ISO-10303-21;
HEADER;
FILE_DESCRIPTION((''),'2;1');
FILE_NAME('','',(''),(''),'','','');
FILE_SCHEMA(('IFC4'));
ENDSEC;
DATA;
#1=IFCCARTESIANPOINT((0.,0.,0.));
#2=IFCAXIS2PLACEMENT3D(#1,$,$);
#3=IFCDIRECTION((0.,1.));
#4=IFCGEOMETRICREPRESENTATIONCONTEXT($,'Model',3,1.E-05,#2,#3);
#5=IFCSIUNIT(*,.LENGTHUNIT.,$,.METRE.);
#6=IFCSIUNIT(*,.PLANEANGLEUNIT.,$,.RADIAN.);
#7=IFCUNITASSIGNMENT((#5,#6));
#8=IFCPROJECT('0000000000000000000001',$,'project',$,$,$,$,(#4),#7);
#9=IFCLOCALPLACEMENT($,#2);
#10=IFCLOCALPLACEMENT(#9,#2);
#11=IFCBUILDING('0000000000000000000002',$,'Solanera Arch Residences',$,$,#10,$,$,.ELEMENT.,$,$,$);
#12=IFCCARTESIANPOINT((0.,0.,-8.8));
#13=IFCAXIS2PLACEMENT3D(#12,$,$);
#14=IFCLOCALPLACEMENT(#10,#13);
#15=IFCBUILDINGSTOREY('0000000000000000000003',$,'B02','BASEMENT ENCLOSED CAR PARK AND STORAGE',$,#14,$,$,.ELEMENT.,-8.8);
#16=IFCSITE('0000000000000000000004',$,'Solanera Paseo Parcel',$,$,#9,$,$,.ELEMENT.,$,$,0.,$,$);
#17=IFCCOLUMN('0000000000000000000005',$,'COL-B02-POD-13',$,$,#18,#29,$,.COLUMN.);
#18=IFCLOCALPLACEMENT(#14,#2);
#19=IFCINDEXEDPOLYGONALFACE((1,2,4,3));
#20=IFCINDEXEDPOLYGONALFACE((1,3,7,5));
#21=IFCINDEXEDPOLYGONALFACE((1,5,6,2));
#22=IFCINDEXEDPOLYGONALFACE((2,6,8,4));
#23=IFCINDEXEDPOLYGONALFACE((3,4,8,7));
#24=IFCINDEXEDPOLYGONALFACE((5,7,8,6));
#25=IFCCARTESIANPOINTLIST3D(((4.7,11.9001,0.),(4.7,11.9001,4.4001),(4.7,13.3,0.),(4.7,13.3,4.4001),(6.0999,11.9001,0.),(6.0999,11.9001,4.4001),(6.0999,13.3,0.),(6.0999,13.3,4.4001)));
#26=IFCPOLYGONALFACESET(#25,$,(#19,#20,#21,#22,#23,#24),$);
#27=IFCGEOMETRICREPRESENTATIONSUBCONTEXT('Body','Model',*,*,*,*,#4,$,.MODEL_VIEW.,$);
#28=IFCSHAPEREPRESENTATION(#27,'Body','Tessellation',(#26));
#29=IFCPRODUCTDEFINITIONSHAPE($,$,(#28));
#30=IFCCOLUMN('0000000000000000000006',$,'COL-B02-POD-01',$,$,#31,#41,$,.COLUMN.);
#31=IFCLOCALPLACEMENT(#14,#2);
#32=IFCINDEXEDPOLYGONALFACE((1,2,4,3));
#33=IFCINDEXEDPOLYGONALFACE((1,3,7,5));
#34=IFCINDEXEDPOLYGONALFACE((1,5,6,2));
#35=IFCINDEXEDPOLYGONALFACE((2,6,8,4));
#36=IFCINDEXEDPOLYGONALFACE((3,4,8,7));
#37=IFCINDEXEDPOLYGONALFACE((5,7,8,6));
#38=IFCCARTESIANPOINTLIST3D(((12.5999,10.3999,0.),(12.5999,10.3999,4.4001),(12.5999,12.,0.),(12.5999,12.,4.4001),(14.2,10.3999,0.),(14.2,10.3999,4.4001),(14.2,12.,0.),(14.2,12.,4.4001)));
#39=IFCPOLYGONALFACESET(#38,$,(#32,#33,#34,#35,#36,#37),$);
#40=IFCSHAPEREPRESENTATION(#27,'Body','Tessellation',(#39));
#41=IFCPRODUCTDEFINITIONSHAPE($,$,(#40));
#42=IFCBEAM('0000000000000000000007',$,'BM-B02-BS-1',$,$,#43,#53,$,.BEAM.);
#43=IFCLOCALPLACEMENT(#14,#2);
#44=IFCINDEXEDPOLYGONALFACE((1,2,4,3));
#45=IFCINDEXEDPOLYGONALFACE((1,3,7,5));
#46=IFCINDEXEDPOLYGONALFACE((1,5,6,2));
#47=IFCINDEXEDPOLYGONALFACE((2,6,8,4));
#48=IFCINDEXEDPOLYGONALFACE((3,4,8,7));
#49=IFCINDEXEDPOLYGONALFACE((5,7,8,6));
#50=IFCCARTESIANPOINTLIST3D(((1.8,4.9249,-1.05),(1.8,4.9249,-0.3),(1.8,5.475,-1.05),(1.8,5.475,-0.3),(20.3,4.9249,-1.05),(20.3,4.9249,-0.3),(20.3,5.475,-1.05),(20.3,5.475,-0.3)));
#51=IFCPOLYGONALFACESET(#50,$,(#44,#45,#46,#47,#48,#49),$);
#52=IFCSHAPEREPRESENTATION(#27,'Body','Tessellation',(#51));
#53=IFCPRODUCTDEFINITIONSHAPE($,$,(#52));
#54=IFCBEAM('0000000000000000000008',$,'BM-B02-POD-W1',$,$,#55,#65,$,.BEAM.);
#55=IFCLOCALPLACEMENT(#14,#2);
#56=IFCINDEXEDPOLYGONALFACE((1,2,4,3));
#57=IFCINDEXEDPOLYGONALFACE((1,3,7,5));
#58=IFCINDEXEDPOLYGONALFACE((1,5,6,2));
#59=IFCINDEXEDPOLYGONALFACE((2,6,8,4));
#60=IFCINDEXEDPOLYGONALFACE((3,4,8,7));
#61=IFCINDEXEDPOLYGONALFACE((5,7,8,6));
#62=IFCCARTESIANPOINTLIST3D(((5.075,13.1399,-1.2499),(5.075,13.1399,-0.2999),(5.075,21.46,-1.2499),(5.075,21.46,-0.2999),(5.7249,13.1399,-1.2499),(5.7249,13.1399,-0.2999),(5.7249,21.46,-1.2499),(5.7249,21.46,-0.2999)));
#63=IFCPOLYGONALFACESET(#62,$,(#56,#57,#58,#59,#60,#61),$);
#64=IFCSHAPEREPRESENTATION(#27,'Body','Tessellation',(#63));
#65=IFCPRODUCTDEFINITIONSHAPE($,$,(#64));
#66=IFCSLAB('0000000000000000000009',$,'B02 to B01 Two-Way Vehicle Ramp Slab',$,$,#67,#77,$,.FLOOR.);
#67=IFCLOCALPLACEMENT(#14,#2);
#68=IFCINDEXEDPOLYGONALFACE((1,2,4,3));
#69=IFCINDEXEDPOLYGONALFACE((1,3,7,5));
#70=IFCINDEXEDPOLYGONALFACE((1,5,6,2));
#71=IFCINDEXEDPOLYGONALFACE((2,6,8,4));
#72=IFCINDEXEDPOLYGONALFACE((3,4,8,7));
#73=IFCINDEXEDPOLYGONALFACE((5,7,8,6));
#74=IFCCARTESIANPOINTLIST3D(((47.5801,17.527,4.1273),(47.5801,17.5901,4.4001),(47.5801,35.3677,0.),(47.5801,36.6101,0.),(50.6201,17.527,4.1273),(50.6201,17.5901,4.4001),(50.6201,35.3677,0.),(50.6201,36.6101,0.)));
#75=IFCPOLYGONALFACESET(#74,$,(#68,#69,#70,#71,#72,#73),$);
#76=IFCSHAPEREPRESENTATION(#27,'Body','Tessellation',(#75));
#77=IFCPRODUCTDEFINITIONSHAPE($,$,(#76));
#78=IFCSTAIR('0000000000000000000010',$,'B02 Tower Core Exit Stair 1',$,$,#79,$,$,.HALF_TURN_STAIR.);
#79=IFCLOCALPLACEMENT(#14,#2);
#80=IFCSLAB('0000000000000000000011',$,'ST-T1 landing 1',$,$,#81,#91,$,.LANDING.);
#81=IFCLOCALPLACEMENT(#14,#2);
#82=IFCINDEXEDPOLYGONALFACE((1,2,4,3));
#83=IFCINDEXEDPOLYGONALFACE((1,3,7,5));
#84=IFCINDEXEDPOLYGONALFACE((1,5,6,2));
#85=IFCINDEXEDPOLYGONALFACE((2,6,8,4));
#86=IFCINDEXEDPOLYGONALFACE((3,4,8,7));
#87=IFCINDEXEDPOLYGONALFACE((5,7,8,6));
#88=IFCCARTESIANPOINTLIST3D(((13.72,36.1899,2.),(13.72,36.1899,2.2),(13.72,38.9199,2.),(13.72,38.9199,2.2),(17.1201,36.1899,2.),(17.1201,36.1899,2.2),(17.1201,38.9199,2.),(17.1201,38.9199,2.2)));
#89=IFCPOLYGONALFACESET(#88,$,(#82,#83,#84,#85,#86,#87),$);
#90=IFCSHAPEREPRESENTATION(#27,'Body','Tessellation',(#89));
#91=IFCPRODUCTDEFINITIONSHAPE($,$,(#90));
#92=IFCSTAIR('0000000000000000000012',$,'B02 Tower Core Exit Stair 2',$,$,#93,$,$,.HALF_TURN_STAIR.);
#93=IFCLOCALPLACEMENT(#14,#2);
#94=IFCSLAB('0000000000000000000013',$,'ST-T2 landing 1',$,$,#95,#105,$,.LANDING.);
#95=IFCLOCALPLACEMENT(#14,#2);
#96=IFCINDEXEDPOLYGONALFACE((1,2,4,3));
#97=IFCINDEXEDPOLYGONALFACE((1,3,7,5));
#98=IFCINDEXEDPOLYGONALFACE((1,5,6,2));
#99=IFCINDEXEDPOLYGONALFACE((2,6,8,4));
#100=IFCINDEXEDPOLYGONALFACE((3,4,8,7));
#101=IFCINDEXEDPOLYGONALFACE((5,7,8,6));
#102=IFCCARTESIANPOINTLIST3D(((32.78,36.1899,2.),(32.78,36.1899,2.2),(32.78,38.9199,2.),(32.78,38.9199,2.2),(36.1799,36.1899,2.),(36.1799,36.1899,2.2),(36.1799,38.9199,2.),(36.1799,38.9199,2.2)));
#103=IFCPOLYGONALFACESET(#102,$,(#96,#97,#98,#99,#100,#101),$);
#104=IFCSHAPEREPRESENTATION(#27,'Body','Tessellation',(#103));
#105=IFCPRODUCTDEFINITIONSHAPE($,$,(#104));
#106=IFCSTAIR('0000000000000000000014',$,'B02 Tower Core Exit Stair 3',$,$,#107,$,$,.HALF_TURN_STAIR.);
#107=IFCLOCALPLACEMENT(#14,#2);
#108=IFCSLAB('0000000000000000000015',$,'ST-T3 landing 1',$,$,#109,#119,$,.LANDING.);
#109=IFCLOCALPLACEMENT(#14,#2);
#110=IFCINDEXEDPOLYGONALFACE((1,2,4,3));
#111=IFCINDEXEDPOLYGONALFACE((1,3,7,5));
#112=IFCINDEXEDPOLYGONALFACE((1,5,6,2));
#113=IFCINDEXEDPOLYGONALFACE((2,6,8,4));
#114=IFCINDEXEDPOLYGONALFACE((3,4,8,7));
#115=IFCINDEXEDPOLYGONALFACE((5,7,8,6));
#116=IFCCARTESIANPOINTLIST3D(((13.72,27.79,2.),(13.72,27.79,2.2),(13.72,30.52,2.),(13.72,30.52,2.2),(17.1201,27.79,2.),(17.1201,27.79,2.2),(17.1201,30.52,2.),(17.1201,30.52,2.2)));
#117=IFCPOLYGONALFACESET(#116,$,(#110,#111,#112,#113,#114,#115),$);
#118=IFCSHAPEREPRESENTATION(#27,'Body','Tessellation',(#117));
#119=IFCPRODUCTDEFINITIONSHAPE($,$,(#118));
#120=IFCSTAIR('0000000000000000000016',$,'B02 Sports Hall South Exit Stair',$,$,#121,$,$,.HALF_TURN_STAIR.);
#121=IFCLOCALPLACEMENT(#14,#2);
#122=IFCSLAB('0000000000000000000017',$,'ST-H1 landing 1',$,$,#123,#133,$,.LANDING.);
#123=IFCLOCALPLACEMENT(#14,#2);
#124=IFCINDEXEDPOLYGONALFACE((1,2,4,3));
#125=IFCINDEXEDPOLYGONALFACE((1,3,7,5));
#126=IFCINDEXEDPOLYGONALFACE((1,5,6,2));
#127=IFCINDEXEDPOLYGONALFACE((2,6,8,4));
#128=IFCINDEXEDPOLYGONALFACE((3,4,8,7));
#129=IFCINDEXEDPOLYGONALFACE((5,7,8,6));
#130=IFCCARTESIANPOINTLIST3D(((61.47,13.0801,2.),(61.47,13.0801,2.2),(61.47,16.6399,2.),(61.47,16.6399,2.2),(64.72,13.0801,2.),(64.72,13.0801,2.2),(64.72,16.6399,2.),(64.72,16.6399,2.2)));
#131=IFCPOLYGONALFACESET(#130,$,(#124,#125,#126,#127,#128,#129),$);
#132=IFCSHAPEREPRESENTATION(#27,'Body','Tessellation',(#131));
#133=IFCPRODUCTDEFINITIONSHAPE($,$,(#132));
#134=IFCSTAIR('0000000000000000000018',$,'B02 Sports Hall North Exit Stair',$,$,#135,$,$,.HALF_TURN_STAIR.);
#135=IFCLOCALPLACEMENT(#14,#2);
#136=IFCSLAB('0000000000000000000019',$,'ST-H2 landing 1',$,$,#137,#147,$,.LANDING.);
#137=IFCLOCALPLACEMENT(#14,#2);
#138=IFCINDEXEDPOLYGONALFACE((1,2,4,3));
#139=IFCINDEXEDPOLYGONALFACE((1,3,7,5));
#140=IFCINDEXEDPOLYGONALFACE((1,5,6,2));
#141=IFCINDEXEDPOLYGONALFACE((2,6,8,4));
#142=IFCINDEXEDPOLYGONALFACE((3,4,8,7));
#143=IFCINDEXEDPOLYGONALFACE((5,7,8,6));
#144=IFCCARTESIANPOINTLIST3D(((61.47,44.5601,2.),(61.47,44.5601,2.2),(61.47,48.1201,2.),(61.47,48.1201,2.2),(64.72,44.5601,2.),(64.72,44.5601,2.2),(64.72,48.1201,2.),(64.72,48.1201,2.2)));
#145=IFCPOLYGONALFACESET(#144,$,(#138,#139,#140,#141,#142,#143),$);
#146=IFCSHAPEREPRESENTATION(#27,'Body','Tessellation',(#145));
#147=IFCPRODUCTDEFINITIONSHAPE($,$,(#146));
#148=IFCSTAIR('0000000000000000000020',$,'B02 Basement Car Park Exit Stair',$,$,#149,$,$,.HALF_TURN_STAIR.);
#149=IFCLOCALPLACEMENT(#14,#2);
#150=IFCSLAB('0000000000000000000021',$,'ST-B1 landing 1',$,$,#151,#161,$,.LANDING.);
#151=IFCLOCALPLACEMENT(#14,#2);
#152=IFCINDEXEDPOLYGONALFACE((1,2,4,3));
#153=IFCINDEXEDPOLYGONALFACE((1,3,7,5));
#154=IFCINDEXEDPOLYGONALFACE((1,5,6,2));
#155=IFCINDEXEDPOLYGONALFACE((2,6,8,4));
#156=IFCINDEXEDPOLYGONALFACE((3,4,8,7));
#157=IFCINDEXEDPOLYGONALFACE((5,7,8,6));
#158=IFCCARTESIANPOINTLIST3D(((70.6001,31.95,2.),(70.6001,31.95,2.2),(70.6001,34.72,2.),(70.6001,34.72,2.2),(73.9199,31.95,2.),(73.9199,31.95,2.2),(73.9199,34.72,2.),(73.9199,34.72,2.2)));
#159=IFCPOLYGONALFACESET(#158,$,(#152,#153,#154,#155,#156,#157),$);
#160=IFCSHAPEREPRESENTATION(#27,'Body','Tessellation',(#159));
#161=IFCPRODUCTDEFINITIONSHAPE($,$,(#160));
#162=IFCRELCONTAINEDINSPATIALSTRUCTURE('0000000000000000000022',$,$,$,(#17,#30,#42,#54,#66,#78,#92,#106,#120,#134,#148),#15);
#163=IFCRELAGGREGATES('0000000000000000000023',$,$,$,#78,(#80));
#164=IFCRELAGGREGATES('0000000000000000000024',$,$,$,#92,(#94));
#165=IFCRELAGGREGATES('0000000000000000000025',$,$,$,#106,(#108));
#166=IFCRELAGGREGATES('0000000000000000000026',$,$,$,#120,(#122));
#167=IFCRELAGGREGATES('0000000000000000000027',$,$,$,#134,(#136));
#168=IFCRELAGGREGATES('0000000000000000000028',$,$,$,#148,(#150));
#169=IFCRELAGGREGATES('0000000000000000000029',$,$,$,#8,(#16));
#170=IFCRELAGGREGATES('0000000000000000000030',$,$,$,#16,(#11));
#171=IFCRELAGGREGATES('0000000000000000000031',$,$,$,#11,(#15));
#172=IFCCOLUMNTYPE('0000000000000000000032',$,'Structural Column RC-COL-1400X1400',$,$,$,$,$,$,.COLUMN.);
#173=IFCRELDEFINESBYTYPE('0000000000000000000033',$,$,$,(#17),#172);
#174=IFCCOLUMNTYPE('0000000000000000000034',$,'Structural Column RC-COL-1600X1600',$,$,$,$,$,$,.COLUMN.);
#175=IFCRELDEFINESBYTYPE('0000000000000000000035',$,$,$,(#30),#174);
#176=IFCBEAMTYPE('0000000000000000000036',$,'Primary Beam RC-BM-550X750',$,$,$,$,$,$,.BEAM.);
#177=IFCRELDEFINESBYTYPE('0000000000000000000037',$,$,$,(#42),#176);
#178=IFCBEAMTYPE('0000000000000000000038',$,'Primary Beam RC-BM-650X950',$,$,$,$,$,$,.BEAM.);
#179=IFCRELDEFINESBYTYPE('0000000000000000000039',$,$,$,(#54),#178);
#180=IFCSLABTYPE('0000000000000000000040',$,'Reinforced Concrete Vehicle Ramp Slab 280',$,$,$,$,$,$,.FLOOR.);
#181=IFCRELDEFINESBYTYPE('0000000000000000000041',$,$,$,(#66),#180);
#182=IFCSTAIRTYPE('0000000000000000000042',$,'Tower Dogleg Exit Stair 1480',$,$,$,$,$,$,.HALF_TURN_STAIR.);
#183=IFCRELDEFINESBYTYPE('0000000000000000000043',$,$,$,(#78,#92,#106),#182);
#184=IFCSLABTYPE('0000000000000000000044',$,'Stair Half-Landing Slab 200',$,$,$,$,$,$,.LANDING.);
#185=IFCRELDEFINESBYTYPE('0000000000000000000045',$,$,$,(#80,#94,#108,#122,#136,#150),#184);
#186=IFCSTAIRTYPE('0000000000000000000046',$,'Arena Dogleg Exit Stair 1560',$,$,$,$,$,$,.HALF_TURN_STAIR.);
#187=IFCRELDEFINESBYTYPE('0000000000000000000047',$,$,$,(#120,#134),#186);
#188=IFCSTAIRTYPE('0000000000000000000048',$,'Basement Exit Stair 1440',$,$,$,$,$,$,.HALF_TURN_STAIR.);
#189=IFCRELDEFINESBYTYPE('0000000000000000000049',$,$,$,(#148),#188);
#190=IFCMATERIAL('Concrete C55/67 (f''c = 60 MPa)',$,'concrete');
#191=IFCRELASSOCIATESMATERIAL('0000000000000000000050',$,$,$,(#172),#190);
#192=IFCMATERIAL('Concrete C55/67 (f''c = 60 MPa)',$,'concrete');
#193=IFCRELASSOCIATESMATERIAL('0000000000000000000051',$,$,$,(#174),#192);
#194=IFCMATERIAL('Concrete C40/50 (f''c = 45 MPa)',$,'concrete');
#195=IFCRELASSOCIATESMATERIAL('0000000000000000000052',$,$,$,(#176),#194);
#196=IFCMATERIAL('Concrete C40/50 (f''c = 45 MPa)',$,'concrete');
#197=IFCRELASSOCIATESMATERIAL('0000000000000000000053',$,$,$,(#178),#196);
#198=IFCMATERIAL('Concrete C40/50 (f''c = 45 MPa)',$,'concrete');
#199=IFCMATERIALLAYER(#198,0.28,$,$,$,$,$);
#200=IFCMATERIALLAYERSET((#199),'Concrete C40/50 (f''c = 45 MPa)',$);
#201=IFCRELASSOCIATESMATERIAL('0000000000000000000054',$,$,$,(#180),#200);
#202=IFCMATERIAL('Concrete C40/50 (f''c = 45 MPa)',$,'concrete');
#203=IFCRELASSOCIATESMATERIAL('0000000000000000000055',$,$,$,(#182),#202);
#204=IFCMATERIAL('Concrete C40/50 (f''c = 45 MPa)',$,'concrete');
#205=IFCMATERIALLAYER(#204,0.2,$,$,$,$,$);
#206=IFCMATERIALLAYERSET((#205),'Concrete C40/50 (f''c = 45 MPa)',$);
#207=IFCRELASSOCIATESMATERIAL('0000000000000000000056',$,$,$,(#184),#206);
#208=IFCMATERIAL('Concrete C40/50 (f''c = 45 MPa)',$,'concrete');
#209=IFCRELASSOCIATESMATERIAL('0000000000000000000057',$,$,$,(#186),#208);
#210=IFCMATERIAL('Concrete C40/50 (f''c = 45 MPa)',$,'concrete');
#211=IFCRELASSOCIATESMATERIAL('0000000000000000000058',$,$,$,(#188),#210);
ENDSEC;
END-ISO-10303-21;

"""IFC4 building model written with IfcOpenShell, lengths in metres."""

from ifc_helpers import new_model, si_unit, direction, frame, origin, origin_with_axes, origin_2d, place, context, subcontext, project, spatial, polyline, rectangle, outline, extrude, clip, halfspace, material, layer, layer_set, material_profile, profile_set, type_object, element, aggregate, save


model = new_model("IFC4")

# Units and contexts
model_context = context("Model", 3, precision=1e-05, world=origin(), true_north=direction((0.0, 1.0)))
body_context = subcontext(model_context, "Body", "Model", "MODEL_VIEW")
ifc_project = project(units=[si_unit("LENGTHUNIT", "METRE"), si_unit("PLANEANGLEUNIT", "RADIAN")], contexts=[model_context])

# Site, building, storey
site_placement = place(None, origin())
site = spatial("IfcSite", under=ifc_project, at=site_placement, Name="Solanera Paseo Parcel", CompositionType="ELEMENT", RefElevation=0.0)
building_placement = place(site_placement, origin())
building = spatial("IfcBuilding", under=site, at=building_placement, Name="Solanera Arch Residences", CompositionType="ELEMENT")
storey_placement = place(building_placement, frame((0.0, 0.0, -8.8)))
storey = spatial("IfcBuildingStorey", under=building, at=storey_placement, Name="B02", Description="BASEMENT ENCLOSED CAR PARK AND STORAGE", CompositionType="ELEMENT", Elevation=-8.8)

# Columns
ifc_material_1 = material(Name="Concrete C55/67 (f'c = 60 MPa)", Category="concrete")
ifc_material_profile_1 = material_profile(ifc_material_1, rectangle(XDim=1.3999, YDim=1.3999, at=origin_2d()))
ifc_profile_set_1 = profile_set([ifc_material_profile_1], Name="Concrete C55/67 (f'c = 60 MPa)")
column_type_1 = type_object("IfcColumnType", Name="Structural Column RC-COL-1400X1400", PredefinedType="COLUMN", material=ifc_profile_set_1)
column_1_placement = place(storey_placement, frame((5.3999, 12.6001, 0.0), z_axis=(0.0, 0.0, 1.0), x_axis=(1.0, 0.0, 0.0)))
element("IfcColumn", 1, at=column_1_placement, inside=storey, type_object=column_type_1, Name="COL-B02-POD-13", PredefinedType="COLUMN", context=body_context, shape_type="SweptSolid", body=[
    extrude(rectangle(XDim=1.3999, YDim=1.3999, at=origin_2d()), origin(), (0.0, 0.0, 1.0), 4.4001),
])
ifc_material_2 = material(Name="Concrete C55/67 (f'c = 60 MPa)", Category="concrete")
ifc_material_profile_2 = material_profile(ifc_material_2, rectangle(XDim=1.6001, YDim=1.6001, at=origin_2d()))
ifc_profile_set_2 = profile_set([ifc_material_profile_2], Name="Concrete C55/67 (f'c = 60 MPa)")
column_type_2 = type_object("IfcColumnType", Name="Structural Column RC-COL-1600X1600", PredefinedType="COLUMN", material=ifc_profile_set_2)
column_2_placement = place(storey_placement, frame((13.3999, 11.2, 0.0), z_axis=(0.0, 0.0, 1.0), x_axis=(1.0, 0.0, 0.0)))
element("IfcColumn", 2, at=column_2_placement, inside=storey, type_object=column_type_2, Name="COL-B02-POD-01", PredefinedType="COLUMN", context=body_context, shape_type="SweptSolid", body=[
    extrude(rectangle(XDim=1.6001, YDim=1.6001, at=origin_2d()), origin(), (0.0, 0.0, 1.0), 4.4001),
])

# Beams
ifc_material_3 = material(Name="Concrete C40/50 (f'c = 45 MPa)", Category="concrete")
ifc_material_profile_3 = material_profile(ifc_material_3, rectangle(XDim=0.55, YDim=0.75, at=origin_2d()))
ifc_profile_set_3 = profile_set([ifc_material_profile_3], Name="Concrete C40/50 (f'c = 45 MPa)")
beam_type_1 = type_object("IfcBeamType", Name="Primary Beam RC-BM-550X750", PredefinedType="BEAM", material=ifc_profile_set_3)
beam_1_placement = place(storey_placement, frame((1.8, 5.2, -0.675), z_axis=(1.0, 0.0, 0.0), x_axis=(0.0, 1.0, 0.0)))
element("IfcBeam", 3, at=beam_1_placement, inside=storey, type_object=beam_type_1, Name="BM-B02-BS-1", PredefinedType="BEAM", context=body_context, shape_type="SweptSolid", body=[
    extrude(rectangle(XDim=0.55, YDim=0.75, at=origin_2d()), origin(), (0.0, 0.0, 1.0), 18.5),
])
ifc_material_4 = material(Name="Concrete C40/50 (f'c = 45 MPa)", Category="concrete")
ifc_material_profile_4 = material_profile(ifc_material_4, rectangle(XDim=0.6499, YDim=0.95, at=origin_2d()))
ifc_profile_set_4 = profile_set([ifc_material_profile_4], Name="Concrete C40/50 (f'c = 45 MPa)")
beam_type_2 = type_object("IfcBeamType", Name="Primary Beam RC-BM-650X950", PredefinedType="BEAM", material=ifc_profile_set_4)
beam_2_placement = place(storey_placement, frame((5.3999, 13.1399, -0.7749), z_axis=(0.0, 1.0, 0.0), x_axis=(-1.0, 0.0, 0.0)))
element("IfcBeam", 4, at=beam_2_placement, inside=storey, type_object=beam_type_2, Name="BM-B02-POD-W1", PredefinedType="BEAM", context=body_context, shape_type="SweptSolid", body=[
    extrude(rectangle(XDim=0.6499, YDim=0.95, at=origin_2d()), origin(), (0.0, 0.0, 1.0), 8.3201),
])

# Slab
ifc_material_5 = material(Name="Concrete C40/50 (f'c = 45 MPa)", Category="concrete")
ifc_layer_1 = layer(ifc_material_5, 0.28)
ifc_layer_set_1 = layer_set([ifc_layer_1], Name="Concrete C40/50 (f'c = 45 MPa)")
slab_type_1 = type_object("IfcSlabType", Name="Reinforced Concrete Vehicle Ramp Slab 280", PredefinedType="FLOOR", material=ifc_layer_set_1)
slab_1_placement = place(storey_placement, origin())
element("IfcSlab", 5, at=slab_1_placement, inside=storey, type_object=slab_type_1, Name="B02 to B01 Two-Way Vehicle Ramp Slab", PredefinedType="FLOOR", context=body_context, shape_type="Clipping", body=[
    clip(extrude(outline(polyline([(0.0, 0.0), (3.04, 0.0), (3.04, -19.5224), (0.0, -19.5224), (0.0, 0.0)])), frame((47.5801, 36.6101, 0.0), z_axis=(0.0, 0.22539, 0.974269), x_axis=(1.0, 0.0, 0.0)), (0.0, 0.0, -1.0), 0.28), halfspace(origin_with_axes(), True)),
])

# Stairs, slabs
ifc_material_6 = material(Name="Concrete C40/50 (f'c = 45 MPa)", Category="concrete")
stair_type_1 = type_object("IfcStairType", Name="Tower Dogleg Exit Stair 1480", PredefinedType="HALF_TURN_STAIR", material=ifc_material_6)
stair_1_placement = place(storey_placement, origin())
stair_1 = element("IfcStair", 6, at=stair_1_placement, inside=storey, type_object=stair_type_1, Name="B02 Tower Core Exit Stair 1", PredefinedType="HALF_TURN_STAIR")
ifc_material_7 = material(Name="Concrete C40/50 (f'c = 45 MPa)", Category="concrete")
ifc_layer_2 = layer(ifc_material_7, 0.2)
ifc_layer_set_2 = layer_set([ifc_layer_2], Name="Concrete C40/50 (f'c = 45 MPa)")
slab_type_2 = type_object("IfcSlabType", Name="Stair Half-Landing Slab 200", PredefinedType="LANDING", material=ifc_layer_set_2)
slab_2_placement = place(storey_placement, frame((0.0, 0.0, 2.0)))
slab_2 = element("IfcSlab", 7, at=slab_2_placement, type_object=slab_type_2, Name="ST-T1 landing 1", PredefinedType="LANDING", context=body_context, shape_type="SweptSolid", body=[
    extrude(outline(polyline([(17.1201, 36.1899), (17.1201, 38.9199), (13.72, 38.9199), (13.72, 36.1899), (17.1201, 36.1899)])), origin(), (0.0, 0.0, 1.0), 0.2),
])
aggregate(stair_1, [slab_2])
stair_2_placement = place(storey_placement, origin())
stair_2 = element("IfcStair", 8, at=stair_2_placement, inside=storey, type_object=stair_type_1, Name="B02 Tower Core Exit Stair 2", PredefinedType="HALF_TURN_STAIR")
slab_3_placement = place(storey_placement, frame((0.0, 0.0, 2.0)))
slab_3 = element("IfcSlab", 9, at=slab_3_placement, type_object=slab_type_2, Name="ST-T2 landing 1", PredefinedType="LANDING", context=body_context, shape_type="SweptSolid", body=[
    extrude(outline(polyline([(36.1799, 36.1899), (36.1799, 38.9199), (32.78, 38.9199), (32.78, 36.1899), (36.1799, 36.1899)])), origin(), (0.0, 0.0, 1.0), 0.2),
])
aggregate(stair_2, [slab_3])
stair_3_placement = place(storey_placement, origin())
stair_3 = element("IfcStair", 10, at=stair_3_placement, inside=storey, type_object=stair_type_1, Name="B02 Tower Core Exit Stair 3", PredefinedType="HALF_TURN_STAIR")
slab_4_placement = place(storey_placement, frame((0.0, 0.0, 2.0)))
slab_4 = element("IfcSlab", 11, at=slab_4_placement, type_object=slab_type_2, Name="ST-T3 landing 1", PredefinedType="LANDING", context=body_context, shape_type="SweptSolid", body=[
    extrude(outline(polyline([(17.1201, 27.79), (17.1201, 30.52), (13.72, 30.52), (13.72, 27.79), (17.1201, 27.79)])), origin(), (0.0, 0.0, 1.0), 0.2),
])
aggregate(stair_3, [slab_4])
ifc_material_8 = material(Name="Concrete C40/50 (f'c = 45 MPa)", Category="concrete")
stair_type_2 = type_object("IfcStairType", Name="Arena Dogleg Exit Stair 1560", PredefinedType="HALF_TURN_STAIR", material=ifc_material_8)
stair_4_placement = place(storey_placement, origin())
stair_4 = element("IfcStair", 12, at=stair_4_placement, inside=storey, type_object=stair_type_2, Name="B02 Sports Hall South Exit Stair", PredefinedType="HALF_TURN_STAIR")
slab_5_placement = place(storey_placement, frame((0.0, 0.0, 2.0)))
slab_5 = element("IfcSlab", 13, at=slab_5_placement, type_object=slab_type_2, Name="ST-H1 landing 1", PredefinedType="LANDING", context=body_context, shape_type="SweptSolid", body=[
    extrude(outline(polyline([(61.47, 13.0801), (64.72, 13.0801), (64.72, 16.6399), (61.47, 16.6399), (61.47, 13.0801)])), origin(), (0.0, 0.0, 1.0), 0.2),
])
aggregate(stair_4, [slab_5])
stair_5_placement = place(storey_placement, origin())
stair_5 = element("IfcStair", 14, at=stair_5_placement, inside=storey, type_object=stair_type_2, Name="B02 Sports Hall North Exit Stair", PredefinedType="HALF_TURN_STAIR")
slab_6_placement = place(storey_placement, frame((0.0, 0.0, 2.0)))
slab_6 = element("IfcSlab", 15, at=slab_6_placement, type_object=slab_type_2, Name="ST-H2 landing 1", PredefinedType="LANDING", context=body_context, shape_type="SweptSolid", body=[
    extrude(outline(polyline([(61.47, 44.5601), (64.72, 44.5601), (64.72, 48.1201), (61.47, 48.1201), (61.47, 44.5601)])), origin(), (0.0, 0.0, 1.0), 0.2),
])
aggregate(stair_5, [slab_6])
ifc_material_9 = material(Name="Concrete C40/50 (f'c = 45 MPa)", Category="concrete")
stair_type_3 = type_object("IfcStairType", Name="Basement Exit Stair 1440", PredefinedType="HALF_TURN_STAIR", material=ifc_material_9)
stair_6_placement = place(storey_placement, origin())
stair_6 = element("IfcStair", 16, at=stair_6_placement, inside=storey, type_object=stair_type_3, Name="B02 Basement Car Park Exit Stair", PredefinedType="HALF_TURN_STAIR")
slab_7_placement = place(storey_placement, frame((0.0, 0.0, 2.0)))
slab_7 = element("IfcSlab", 17, at=slab_7_placement, type_object=slab_type_2, Name="ST-B1 landing 1", PredefinedType="LANDING", context=body_context, shape_type="SweptSolid", body=[
    extrude(outline(polyline([(73.9199, 31.95), (73.9199, 34.72), (70.6001, 34.72), (70.6001, 31.95), (73.9199, 31.95)])), origin(), (0.0, 0.0, 1.0), 0.2),
])
aggregate(stair_6, [slab_7])

save(model, "model.ifc")
